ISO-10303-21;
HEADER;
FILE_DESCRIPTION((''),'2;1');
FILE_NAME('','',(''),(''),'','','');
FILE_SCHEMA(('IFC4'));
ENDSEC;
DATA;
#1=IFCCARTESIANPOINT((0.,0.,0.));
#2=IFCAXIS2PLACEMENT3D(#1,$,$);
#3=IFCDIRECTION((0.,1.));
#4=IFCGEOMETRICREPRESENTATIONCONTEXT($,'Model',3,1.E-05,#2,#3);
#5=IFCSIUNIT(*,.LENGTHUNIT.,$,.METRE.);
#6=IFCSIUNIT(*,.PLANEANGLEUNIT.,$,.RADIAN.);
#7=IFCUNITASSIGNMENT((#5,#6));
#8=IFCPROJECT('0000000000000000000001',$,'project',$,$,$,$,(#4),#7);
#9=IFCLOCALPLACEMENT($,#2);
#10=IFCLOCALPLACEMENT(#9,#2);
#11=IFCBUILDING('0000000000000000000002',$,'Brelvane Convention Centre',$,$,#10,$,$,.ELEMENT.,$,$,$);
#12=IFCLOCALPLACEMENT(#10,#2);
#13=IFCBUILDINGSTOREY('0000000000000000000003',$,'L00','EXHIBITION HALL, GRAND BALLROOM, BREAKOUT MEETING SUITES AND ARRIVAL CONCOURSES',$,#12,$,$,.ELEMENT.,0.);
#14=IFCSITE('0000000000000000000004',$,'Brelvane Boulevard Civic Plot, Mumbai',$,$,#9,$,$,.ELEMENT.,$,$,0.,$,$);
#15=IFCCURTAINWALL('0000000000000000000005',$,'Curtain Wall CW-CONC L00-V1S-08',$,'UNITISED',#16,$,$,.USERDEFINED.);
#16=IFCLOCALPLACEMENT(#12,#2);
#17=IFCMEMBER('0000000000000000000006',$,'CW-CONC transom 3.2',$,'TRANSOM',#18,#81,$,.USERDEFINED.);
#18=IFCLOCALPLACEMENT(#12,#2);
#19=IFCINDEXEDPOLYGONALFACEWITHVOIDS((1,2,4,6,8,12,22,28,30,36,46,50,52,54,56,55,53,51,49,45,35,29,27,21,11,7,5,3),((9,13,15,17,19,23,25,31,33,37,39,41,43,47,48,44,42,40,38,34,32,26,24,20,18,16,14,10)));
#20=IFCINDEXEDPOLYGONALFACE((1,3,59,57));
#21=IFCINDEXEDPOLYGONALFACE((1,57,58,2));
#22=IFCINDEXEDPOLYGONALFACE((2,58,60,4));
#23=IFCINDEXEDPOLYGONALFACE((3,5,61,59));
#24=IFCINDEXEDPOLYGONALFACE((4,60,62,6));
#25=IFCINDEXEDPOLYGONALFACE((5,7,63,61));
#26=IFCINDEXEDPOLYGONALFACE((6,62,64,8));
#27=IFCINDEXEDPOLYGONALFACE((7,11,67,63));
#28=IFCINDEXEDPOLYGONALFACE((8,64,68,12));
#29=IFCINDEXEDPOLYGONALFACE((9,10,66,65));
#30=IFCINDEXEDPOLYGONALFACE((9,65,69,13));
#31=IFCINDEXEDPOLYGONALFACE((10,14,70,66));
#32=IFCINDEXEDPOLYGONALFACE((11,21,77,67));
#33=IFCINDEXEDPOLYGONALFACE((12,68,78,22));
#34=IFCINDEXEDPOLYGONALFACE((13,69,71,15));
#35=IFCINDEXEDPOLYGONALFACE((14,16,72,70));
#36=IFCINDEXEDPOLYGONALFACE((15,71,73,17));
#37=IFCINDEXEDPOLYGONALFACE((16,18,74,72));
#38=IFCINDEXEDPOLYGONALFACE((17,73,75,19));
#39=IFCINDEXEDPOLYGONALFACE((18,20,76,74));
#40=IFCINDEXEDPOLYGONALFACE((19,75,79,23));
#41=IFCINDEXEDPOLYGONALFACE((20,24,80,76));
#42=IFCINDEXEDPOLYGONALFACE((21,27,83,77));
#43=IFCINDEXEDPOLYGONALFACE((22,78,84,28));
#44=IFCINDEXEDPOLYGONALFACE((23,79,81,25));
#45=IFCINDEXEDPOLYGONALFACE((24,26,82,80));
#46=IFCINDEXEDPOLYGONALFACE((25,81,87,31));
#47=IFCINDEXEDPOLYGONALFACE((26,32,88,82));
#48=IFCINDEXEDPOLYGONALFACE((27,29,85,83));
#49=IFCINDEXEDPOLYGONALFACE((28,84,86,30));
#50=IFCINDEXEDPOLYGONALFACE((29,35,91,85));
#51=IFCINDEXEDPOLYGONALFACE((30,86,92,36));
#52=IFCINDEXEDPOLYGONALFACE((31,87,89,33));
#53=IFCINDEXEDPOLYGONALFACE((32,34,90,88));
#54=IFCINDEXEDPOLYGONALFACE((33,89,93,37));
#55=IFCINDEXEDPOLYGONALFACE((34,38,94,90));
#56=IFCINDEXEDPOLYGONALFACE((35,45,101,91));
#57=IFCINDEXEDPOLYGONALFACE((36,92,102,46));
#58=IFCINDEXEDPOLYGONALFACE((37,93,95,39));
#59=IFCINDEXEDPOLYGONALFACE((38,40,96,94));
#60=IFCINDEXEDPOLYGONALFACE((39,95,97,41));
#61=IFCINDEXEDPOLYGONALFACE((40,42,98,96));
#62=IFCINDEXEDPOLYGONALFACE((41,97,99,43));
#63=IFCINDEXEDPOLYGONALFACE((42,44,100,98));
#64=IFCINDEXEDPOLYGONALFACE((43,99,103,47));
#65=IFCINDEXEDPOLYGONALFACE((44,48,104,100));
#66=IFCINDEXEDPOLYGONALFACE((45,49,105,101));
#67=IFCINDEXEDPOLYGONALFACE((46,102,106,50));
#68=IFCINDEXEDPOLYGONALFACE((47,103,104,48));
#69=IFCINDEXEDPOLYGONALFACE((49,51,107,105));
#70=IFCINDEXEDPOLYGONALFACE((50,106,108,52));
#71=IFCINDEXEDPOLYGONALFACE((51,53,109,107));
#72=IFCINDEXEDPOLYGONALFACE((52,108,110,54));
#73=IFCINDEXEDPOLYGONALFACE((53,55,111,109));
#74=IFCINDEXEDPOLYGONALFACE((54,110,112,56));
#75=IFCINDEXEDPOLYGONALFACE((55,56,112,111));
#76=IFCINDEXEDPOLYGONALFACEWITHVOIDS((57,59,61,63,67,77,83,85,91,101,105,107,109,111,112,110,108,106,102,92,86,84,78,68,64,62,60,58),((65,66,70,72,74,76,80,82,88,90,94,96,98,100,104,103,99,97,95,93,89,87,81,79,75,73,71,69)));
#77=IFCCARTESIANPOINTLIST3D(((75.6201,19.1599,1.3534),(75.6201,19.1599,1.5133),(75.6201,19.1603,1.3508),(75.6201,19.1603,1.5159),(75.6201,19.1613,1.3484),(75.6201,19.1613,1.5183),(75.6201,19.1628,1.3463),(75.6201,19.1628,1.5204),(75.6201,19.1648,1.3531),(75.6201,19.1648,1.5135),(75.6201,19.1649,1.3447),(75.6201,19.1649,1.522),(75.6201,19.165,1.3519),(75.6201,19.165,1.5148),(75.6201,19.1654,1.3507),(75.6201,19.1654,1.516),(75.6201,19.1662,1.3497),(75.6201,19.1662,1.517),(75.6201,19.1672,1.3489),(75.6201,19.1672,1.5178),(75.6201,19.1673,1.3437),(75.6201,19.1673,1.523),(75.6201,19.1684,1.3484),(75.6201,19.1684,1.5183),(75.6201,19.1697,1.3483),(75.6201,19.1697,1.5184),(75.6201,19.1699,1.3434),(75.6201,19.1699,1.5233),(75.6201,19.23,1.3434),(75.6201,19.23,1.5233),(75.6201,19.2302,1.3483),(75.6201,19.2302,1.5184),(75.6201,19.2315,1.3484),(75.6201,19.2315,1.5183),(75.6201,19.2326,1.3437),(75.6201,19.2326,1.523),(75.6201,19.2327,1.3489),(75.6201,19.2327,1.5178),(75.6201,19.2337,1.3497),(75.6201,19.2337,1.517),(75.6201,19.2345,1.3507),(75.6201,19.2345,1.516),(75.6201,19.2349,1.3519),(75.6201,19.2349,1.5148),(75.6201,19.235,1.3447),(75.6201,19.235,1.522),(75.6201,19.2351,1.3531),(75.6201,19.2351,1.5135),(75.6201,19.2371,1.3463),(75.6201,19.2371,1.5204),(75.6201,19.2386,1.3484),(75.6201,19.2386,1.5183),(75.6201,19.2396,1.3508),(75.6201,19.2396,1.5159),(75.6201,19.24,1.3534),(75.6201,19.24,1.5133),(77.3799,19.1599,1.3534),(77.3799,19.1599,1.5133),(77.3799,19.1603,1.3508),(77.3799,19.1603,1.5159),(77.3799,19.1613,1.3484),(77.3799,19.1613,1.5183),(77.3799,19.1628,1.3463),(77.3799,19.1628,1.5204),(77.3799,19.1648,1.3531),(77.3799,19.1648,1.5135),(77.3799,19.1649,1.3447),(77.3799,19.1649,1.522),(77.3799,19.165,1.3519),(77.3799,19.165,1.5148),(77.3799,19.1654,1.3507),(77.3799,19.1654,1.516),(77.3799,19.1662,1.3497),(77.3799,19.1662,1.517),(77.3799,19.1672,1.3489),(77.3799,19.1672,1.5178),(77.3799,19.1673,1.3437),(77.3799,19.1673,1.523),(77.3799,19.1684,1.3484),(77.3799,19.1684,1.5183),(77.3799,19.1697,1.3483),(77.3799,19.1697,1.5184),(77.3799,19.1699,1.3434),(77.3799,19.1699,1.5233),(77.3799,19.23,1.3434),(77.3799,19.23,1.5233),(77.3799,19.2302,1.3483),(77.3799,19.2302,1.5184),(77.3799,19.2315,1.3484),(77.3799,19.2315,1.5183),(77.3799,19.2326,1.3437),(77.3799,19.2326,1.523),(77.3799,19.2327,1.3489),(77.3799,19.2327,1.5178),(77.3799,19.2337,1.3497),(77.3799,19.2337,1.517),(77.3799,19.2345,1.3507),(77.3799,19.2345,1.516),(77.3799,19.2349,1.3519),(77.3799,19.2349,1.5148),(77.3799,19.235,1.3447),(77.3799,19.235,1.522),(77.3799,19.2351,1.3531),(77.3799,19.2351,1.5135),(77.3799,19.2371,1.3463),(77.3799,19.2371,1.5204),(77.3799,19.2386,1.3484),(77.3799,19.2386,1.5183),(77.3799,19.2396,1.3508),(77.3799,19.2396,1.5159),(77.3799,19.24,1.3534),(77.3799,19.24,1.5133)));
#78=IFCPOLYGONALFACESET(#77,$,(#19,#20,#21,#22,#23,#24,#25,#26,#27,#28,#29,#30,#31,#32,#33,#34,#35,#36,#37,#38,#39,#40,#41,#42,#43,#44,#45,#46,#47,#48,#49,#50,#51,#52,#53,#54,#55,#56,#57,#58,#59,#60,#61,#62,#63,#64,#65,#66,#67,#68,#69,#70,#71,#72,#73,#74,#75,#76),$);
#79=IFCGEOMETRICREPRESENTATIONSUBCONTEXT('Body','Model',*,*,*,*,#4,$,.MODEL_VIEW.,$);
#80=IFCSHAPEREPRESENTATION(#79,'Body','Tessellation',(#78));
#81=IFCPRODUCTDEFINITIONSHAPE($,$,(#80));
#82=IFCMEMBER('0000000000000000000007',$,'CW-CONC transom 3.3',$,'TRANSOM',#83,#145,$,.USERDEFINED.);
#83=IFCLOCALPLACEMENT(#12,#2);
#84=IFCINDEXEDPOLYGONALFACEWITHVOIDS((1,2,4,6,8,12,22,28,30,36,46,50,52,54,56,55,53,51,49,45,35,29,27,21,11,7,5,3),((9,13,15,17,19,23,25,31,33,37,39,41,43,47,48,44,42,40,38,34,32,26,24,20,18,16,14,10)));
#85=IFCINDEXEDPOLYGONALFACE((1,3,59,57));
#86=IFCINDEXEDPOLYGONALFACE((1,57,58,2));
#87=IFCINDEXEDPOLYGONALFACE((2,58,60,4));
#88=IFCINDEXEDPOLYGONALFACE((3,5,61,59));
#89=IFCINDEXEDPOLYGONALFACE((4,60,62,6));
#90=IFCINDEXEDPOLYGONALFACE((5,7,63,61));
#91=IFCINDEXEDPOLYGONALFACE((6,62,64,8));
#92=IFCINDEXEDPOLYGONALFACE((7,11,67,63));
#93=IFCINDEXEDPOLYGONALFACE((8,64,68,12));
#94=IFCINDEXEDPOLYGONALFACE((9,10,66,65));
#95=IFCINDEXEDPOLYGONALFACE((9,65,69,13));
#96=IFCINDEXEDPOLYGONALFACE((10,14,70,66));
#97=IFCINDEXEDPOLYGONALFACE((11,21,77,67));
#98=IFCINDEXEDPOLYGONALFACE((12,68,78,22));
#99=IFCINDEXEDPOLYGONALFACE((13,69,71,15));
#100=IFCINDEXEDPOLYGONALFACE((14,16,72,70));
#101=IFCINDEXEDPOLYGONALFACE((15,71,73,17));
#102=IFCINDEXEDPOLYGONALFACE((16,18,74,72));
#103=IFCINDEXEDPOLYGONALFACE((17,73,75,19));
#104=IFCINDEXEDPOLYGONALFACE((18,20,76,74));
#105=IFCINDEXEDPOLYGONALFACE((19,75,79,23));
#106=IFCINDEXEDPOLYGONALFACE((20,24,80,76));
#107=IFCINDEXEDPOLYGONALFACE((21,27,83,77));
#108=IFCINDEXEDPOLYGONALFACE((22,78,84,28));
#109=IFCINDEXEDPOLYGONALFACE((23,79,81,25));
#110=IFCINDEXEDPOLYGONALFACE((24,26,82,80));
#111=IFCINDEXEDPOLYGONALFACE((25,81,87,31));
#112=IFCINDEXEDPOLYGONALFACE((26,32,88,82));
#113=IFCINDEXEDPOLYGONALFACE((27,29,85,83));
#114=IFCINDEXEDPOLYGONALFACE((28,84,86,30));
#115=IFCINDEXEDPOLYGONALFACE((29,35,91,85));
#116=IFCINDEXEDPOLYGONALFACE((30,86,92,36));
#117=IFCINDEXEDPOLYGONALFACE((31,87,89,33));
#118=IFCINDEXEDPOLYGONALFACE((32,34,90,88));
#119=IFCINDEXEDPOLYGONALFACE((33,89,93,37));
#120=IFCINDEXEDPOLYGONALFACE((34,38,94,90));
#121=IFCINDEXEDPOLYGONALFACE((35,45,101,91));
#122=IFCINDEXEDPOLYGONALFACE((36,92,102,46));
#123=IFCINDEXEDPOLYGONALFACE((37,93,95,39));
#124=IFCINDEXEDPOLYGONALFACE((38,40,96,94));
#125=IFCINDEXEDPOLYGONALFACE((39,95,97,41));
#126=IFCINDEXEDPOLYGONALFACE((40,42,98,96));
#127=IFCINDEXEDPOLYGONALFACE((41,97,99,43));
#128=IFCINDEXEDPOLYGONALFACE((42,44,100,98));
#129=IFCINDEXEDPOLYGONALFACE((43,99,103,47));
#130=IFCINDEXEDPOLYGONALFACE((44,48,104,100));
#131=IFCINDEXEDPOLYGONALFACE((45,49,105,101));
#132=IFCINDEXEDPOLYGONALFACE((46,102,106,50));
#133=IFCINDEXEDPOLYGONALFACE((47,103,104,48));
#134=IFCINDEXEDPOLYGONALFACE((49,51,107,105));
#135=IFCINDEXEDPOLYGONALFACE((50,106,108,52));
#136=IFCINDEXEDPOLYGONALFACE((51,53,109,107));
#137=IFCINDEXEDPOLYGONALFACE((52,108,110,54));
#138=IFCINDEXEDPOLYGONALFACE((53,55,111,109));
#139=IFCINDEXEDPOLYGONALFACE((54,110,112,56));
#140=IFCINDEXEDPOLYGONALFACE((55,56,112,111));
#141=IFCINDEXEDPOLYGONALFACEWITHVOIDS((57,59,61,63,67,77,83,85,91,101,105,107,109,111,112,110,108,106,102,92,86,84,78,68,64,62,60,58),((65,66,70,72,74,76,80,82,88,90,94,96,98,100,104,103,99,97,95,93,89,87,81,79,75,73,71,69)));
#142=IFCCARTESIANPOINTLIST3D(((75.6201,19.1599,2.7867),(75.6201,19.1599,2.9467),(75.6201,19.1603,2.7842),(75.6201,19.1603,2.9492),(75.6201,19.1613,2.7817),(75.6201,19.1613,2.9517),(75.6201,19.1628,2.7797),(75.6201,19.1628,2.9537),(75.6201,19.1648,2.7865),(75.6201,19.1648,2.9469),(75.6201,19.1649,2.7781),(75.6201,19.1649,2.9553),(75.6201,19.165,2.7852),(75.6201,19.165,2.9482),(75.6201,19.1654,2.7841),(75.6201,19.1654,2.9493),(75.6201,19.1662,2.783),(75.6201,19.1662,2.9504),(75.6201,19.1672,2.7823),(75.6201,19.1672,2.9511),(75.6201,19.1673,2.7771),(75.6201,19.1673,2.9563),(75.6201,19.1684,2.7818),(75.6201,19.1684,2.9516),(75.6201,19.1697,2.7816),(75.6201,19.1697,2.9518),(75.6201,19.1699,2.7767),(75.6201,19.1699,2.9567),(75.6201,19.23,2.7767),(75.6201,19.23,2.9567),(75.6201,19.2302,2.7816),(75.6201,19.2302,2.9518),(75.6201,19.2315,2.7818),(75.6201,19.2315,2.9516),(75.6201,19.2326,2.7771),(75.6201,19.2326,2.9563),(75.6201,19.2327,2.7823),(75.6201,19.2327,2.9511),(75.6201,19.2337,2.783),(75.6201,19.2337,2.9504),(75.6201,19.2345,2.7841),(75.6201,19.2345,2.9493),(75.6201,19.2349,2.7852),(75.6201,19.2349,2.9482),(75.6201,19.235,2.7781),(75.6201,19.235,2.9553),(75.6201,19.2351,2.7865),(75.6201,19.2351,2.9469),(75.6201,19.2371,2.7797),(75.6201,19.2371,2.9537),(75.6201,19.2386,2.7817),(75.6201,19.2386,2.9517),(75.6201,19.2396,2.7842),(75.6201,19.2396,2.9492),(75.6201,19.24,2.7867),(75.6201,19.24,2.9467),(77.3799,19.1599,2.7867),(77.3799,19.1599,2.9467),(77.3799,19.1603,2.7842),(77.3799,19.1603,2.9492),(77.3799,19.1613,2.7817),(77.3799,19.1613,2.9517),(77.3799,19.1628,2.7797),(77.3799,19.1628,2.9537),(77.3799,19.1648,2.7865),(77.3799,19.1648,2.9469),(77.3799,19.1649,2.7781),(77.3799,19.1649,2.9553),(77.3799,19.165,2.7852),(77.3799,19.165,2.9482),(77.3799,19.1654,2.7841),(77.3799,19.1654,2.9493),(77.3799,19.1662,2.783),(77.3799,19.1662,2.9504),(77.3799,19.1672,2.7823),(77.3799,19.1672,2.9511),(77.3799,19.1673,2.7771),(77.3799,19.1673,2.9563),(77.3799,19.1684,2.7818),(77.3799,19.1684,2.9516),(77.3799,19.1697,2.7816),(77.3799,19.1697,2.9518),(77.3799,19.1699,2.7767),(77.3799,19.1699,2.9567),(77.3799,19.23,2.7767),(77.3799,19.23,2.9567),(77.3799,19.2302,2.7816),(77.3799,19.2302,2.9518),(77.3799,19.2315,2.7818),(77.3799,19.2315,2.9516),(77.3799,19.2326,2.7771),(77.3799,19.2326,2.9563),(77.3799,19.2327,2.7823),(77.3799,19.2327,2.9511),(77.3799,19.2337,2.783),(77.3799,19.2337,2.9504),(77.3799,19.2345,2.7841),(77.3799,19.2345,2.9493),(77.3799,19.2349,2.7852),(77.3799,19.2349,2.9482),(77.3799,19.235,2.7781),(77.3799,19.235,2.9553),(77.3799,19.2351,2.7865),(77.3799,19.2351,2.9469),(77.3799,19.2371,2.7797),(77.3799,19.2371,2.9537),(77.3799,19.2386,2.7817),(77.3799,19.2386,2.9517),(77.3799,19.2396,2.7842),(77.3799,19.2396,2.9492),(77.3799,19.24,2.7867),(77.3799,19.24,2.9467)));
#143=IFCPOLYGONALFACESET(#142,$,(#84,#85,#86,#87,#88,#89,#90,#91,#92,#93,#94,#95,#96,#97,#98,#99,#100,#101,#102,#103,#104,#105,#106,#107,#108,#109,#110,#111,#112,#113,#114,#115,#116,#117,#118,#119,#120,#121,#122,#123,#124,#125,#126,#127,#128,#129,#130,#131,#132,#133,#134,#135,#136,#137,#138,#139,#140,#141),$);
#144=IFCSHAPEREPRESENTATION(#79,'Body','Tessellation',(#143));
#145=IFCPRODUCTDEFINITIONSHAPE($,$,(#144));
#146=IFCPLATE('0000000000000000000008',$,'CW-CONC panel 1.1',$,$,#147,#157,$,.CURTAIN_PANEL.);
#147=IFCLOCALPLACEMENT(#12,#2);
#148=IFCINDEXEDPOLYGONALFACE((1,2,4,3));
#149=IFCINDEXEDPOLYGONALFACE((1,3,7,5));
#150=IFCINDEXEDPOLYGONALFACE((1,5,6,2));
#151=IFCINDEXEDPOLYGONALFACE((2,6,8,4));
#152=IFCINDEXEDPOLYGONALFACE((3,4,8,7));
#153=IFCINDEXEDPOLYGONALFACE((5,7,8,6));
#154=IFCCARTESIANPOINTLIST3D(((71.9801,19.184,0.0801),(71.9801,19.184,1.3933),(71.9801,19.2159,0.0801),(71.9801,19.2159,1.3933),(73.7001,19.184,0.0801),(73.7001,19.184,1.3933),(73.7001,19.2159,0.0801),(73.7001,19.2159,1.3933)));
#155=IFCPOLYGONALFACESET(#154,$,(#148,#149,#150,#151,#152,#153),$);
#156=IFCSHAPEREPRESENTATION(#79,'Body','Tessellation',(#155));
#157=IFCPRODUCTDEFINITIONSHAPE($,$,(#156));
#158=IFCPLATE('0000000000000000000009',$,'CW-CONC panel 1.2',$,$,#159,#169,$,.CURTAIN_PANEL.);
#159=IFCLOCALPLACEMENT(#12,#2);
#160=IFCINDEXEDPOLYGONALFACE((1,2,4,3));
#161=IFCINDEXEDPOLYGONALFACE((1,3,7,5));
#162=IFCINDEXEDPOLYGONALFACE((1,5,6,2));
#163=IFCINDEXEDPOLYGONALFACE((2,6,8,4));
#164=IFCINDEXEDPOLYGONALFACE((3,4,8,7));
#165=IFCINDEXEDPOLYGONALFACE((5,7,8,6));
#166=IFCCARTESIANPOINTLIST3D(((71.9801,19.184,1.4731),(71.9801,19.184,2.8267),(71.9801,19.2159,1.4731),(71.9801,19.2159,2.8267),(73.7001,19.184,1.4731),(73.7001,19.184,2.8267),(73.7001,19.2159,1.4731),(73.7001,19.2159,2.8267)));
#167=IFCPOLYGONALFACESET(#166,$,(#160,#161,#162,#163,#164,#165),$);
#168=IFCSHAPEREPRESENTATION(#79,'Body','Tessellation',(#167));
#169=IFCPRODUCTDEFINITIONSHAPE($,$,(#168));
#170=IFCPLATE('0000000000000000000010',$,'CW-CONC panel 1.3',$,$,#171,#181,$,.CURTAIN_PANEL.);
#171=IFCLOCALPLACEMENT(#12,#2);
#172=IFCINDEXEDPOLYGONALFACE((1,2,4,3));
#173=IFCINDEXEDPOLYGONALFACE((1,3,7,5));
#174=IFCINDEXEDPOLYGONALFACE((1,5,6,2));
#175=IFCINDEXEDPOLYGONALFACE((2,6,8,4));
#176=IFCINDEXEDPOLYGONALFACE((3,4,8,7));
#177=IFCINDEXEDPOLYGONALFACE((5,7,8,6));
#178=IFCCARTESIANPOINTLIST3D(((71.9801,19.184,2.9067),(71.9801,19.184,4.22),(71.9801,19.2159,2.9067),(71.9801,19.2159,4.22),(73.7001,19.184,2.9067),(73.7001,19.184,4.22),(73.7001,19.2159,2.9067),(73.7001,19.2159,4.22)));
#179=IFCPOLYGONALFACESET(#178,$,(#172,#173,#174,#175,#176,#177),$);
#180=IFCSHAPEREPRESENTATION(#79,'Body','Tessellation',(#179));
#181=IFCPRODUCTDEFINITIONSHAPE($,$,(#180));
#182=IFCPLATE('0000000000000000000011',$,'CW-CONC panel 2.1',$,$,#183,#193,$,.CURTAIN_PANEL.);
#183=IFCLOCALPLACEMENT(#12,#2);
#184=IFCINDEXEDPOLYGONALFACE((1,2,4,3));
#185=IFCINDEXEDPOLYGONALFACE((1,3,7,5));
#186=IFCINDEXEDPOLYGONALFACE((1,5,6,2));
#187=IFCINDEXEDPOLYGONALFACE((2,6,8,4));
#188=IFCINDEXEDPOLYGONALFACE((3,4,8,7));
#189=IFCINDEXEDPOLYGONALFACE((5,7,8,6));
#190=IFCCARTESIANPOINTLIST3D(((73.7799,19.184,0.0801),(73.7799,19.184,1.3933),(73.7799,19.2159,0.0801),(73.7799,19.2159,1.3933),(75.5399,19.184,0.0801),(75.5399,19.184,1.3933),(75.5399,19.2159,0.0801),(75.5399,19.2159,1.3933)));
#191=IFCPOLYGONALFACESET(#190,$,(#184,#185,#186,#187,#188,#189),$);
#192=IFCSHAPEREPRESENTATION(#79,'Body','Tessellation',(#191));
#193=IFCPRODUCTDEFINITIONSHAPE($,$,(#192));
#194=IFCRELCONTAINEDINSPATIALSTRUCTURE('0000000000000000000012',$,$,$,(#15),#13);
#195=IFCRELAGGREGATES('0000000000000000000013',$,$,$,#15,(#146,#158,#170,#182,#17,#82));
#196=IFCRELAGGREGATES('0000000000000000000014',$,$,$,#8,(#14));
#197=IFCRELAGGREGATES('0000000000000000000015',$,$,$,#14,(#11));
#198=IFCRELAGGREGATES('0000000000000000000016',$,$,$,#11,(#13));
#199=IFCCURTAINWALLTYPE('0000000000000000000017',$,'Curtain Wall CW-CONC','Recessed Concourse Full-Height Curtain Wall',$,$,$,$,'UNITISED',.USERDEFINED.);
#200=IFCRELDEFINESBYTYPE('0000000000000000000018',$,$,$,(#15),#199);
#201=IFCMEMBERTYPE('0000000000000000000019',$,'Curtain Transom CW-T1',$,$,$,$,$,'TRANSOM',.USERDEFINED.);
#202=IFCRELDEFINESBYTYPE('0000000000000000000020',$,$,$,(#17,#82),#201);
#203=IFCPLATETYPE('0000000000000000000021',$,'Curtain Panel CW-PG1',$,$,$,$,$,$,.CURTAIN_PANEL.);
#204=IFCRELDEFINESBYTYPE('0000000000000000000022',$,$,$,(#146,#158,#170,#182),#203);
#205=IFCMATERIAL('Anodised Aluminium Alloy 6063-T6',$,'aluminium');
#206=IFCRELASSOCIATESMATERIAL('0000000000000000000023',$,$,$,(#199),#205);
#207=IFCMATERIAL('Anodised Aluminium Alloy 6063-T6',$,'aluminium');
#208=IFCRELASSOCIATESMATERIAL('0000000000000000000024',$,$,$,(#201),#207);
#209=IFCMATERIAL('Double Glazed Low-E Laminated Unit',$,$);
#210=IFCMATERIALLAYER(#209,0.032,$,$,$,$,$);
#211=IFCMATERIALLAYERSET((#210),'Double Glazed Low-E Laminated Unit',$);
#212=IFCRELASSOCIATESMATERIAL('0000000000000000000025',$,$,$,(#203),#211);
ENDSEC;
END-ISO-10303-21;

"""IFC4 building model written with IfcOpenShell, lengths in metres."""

from ifc_helpers import new_model, si_unit, direction, frame, origin, origin_2d, place, context, subcontext, project, spatial, rectangle, hollow_rectangle, extrude, material, layer, layer_set, material_profile, profile_set, type_object, element, aggregate, save


model = new_model("IFC4")

# Units and contexts
model_context = context("Model", 3, precision=1e-05, world=origin(), true_north=direction((0.0, 1.0)))
body_context = subcontext(model_context, "Body", "Model", "MODEL_VIEW")
ifc_project = project(units=[si_unit("LENGTHUNIT", "METRE"), si_unit("PLANEANGLEUNIT", "RADIAN")], contexts=[model_context])

# Site, building, storey
site_placement = place(None, origin())
site = spatial("IfcSite", under=ifc_project, at=site_placement, Name="Brelvane Boulevard Civic Plot, Mumbai", CompositionType="ELEMENT", RefElevation=0.0)
building_placement = place(site_placement, origin())
building = spatial("IfcBuilding", under=site, at=building_placement, Name="Brelvane Convention Centre", CompositionType="ELEMENT")
storey_placement = place(building_placement, origin())
storey = spatial("IfcBuildingStorey", under=building, at=storey_placement, Name="L00", Description="EXHIBITION HALL, GRAND BALLROOM, BREAKOUT MEETING SUITES AND ARRIVAL CONCOURSES", CompositionType="ELEMENT", Elevation=0.0)

# Curtain wall, members, plates
ifc_material_1 = material(Name="Anodised Aluminium Alloy 6063-T6", Category="aluminium")
curtain_wall_type = type_object("IfcCurtainWallType", Name="Curtain Wall CW-CONC", Description="Recessed Concourse Full-Height Curtain Wall", ElementType="UNITISED", PredefinedType="USERDEFINED", material=ifc_material_1)
curtain_wall_placement = place(storey_placement, origin())
curtain_wall = element("IfcCurtainWall", 1, at=curtain_wall_placement, inside=storey, type_object=curtain_wall_type, Name="Curtain Wall CW-CONC L00-V1S-08", ObjectType="UNITISED", PredefinedType="USERDEFINED")
ifc_material_2 = material(Name="Anodised Aluminium Alloy 6063-T6", Category="aluminium")
ifc_material_profile_1 = material_profile(ifc_material_2, hollow_rectangle(XDim=0.0801, YDim=0.1799, WallThickness=0.0049, InnerFilletRadius=0.0049, OuterFilletRadius=0.01, at=origin_2d()), Name="ALU-T 180x80x5.0")
ifc_profile_set_1 = profile_set([ifc_material_profile_1], Name="Anodised Aluminium Alloy 6063-T6")
member_type_1 = type_object("IfcMemberType", Name="Curtain Transom CW-T1", ElementType="TRANSOM", PredefinedType="USERDEFINED", material=ifc_profile_set_1)
member_1_placement = place(storey_placement, frame((75.6201, 19.2, 1.4333), z_axis=(1.0, 0.0, 0.0), x_axis=(0.0, 1.0, 0.0)))
member_1 = element("IfcMember", 2, at=member_1_placement, type_object=member_type_1, Name="CW-CONC transom 3.2", ObjectType="TRANSOM", PredefinedType="USERDEFINED", context=body_context, shape_type="SweptSolid", body=[
    extrude(hollow_rectangle(XDim=0.0801, YDim=0.1799, WallThickness=0.0049, InnerFilletRadius=0.0049, OuterFilletRadius=0.01, at=origin_2d()), origin(), (0.0, 0.0, 1.0), 1.7598),
])
member_2_placement = place(storey_placement, frame((75.6201, 19.2, 2.8667), z_axis=(1.0, 0.0, 0.0), x_axis=(0.0, 1.0, 0.0)))
member_2 = element("IfcMember", 3, at=member_2_placement, type_object=member_type_1, Name="CW-CONC transom 3.3", ObjectType="TRANSOM", PredefinedType="USERDEFINED", context=body_context, shape_type="SweptSolid", body=[
    extrude(hollow_rectangle(XDim=0.0801, YDim=0.1799, WallThickness=0.0049, InnerFilletRadius=0.0049, OuterFilletRadius=0.01, at=origin_2d()), origin(), (0.0, 0.0, 1.0), 1.7598),
])
ifc_material_3 = material(Name="Double Glazed Low-E Laminated Unit")
ifc_layer = layer(ifc_material_3, 0.032)
ifc_layer_set = layer_set([ifc_layer], Name="Double Glazed Low-E Laminated Unit")
plate_type = type_object("IfcPlateType", Name="Curtain Panel CW-PG1", PredefinedType="CURTAIN_PANEL", material=ifc_layer_set)
plate_1_placement = place(storey_placement, frame((72.8401, 19.2, 0.0801), z_axis=(0.0, 0.0, 1.0), x_axis=(1.0, 0.0, 0.0)))
plate_1 = element("IfcPlate", 4, at=plate_1_placement, type_object=plate_type, Name="CW-CONC panel 1.1", PredefinedType="CURTAIN_PANEL", context=body_context, shape_type="SweptSolid", body=[
    extrude(rectangle(XDim=1.72, YDim=0.032, at=origin_2d()), origin(), (0.0, 0.0, 1.0), 1.3132),
])
plate_2_placement = place(storey_placement, frame((72.8401, 19.2, 1.4731), z_axis=(0.0, 0.0, 1.0), x_axis=(1.0, 0.0, 0.0)))
plate_2 = element("IfcPlate", 5, at=plate_2_placement, type_object=plate_type, Name="CW-CONC panel 1.2", PredefinedType="CURTAIN_PANEL", context=body_context, shape_type="SweptSolid", body=[
    extrude(rectangle(XDim=1.72, YDim=0.032, at=origin_2d()), origin(), (0.0, 0.0, 1.0), 1.3535),
])
plate_3_placement = place(storey_placement, frame((72.8401, 19.2, 2.9067), z_axis=(0.0, 0.0, 1.0), x_axis=(1.0, 0.0, 0.0)))
plate_3 = element("IfcPlate", 6, at=plate_3_placement, type_object=plate_type, Name="CW-CONC panel 1.3", PredefinedType="CURTAIN_PANEL", context=body_context, shape_type="SweptSolid", body=[
    extrude(rectangle(XDim=1.72, YDim=0.032, at=origin_2d()), origin(), (0.0, 0.0, 1.0), 1.3132),
])
plate_4_placement = place(storey_placement, frame((74.6599, 19.2, 0.0801), z_axis=(0.0, 0.0, 1.0), x_axis=(1.0, 0.0, 0.0)))
plate_4 = element("IfcPlate", 7, at=plate_4_placement, type_object=plate_type, Name="CW-CONC panel 2.1", PredefinedType="CURTAIN_PANEL", context=body_context, shape_type="SweptSolid", body=[
    extrude(rectangle(XDim=1.76, YDim=0.032, at=origin_2d()), origin(), (0.0, 0.0, 1.0), 1.3132),
])
aggregate(curtain_wall, [plate_1, plate_2, plate_3, plate_4, member_1, member_2])

save(model, "model.ifc")
